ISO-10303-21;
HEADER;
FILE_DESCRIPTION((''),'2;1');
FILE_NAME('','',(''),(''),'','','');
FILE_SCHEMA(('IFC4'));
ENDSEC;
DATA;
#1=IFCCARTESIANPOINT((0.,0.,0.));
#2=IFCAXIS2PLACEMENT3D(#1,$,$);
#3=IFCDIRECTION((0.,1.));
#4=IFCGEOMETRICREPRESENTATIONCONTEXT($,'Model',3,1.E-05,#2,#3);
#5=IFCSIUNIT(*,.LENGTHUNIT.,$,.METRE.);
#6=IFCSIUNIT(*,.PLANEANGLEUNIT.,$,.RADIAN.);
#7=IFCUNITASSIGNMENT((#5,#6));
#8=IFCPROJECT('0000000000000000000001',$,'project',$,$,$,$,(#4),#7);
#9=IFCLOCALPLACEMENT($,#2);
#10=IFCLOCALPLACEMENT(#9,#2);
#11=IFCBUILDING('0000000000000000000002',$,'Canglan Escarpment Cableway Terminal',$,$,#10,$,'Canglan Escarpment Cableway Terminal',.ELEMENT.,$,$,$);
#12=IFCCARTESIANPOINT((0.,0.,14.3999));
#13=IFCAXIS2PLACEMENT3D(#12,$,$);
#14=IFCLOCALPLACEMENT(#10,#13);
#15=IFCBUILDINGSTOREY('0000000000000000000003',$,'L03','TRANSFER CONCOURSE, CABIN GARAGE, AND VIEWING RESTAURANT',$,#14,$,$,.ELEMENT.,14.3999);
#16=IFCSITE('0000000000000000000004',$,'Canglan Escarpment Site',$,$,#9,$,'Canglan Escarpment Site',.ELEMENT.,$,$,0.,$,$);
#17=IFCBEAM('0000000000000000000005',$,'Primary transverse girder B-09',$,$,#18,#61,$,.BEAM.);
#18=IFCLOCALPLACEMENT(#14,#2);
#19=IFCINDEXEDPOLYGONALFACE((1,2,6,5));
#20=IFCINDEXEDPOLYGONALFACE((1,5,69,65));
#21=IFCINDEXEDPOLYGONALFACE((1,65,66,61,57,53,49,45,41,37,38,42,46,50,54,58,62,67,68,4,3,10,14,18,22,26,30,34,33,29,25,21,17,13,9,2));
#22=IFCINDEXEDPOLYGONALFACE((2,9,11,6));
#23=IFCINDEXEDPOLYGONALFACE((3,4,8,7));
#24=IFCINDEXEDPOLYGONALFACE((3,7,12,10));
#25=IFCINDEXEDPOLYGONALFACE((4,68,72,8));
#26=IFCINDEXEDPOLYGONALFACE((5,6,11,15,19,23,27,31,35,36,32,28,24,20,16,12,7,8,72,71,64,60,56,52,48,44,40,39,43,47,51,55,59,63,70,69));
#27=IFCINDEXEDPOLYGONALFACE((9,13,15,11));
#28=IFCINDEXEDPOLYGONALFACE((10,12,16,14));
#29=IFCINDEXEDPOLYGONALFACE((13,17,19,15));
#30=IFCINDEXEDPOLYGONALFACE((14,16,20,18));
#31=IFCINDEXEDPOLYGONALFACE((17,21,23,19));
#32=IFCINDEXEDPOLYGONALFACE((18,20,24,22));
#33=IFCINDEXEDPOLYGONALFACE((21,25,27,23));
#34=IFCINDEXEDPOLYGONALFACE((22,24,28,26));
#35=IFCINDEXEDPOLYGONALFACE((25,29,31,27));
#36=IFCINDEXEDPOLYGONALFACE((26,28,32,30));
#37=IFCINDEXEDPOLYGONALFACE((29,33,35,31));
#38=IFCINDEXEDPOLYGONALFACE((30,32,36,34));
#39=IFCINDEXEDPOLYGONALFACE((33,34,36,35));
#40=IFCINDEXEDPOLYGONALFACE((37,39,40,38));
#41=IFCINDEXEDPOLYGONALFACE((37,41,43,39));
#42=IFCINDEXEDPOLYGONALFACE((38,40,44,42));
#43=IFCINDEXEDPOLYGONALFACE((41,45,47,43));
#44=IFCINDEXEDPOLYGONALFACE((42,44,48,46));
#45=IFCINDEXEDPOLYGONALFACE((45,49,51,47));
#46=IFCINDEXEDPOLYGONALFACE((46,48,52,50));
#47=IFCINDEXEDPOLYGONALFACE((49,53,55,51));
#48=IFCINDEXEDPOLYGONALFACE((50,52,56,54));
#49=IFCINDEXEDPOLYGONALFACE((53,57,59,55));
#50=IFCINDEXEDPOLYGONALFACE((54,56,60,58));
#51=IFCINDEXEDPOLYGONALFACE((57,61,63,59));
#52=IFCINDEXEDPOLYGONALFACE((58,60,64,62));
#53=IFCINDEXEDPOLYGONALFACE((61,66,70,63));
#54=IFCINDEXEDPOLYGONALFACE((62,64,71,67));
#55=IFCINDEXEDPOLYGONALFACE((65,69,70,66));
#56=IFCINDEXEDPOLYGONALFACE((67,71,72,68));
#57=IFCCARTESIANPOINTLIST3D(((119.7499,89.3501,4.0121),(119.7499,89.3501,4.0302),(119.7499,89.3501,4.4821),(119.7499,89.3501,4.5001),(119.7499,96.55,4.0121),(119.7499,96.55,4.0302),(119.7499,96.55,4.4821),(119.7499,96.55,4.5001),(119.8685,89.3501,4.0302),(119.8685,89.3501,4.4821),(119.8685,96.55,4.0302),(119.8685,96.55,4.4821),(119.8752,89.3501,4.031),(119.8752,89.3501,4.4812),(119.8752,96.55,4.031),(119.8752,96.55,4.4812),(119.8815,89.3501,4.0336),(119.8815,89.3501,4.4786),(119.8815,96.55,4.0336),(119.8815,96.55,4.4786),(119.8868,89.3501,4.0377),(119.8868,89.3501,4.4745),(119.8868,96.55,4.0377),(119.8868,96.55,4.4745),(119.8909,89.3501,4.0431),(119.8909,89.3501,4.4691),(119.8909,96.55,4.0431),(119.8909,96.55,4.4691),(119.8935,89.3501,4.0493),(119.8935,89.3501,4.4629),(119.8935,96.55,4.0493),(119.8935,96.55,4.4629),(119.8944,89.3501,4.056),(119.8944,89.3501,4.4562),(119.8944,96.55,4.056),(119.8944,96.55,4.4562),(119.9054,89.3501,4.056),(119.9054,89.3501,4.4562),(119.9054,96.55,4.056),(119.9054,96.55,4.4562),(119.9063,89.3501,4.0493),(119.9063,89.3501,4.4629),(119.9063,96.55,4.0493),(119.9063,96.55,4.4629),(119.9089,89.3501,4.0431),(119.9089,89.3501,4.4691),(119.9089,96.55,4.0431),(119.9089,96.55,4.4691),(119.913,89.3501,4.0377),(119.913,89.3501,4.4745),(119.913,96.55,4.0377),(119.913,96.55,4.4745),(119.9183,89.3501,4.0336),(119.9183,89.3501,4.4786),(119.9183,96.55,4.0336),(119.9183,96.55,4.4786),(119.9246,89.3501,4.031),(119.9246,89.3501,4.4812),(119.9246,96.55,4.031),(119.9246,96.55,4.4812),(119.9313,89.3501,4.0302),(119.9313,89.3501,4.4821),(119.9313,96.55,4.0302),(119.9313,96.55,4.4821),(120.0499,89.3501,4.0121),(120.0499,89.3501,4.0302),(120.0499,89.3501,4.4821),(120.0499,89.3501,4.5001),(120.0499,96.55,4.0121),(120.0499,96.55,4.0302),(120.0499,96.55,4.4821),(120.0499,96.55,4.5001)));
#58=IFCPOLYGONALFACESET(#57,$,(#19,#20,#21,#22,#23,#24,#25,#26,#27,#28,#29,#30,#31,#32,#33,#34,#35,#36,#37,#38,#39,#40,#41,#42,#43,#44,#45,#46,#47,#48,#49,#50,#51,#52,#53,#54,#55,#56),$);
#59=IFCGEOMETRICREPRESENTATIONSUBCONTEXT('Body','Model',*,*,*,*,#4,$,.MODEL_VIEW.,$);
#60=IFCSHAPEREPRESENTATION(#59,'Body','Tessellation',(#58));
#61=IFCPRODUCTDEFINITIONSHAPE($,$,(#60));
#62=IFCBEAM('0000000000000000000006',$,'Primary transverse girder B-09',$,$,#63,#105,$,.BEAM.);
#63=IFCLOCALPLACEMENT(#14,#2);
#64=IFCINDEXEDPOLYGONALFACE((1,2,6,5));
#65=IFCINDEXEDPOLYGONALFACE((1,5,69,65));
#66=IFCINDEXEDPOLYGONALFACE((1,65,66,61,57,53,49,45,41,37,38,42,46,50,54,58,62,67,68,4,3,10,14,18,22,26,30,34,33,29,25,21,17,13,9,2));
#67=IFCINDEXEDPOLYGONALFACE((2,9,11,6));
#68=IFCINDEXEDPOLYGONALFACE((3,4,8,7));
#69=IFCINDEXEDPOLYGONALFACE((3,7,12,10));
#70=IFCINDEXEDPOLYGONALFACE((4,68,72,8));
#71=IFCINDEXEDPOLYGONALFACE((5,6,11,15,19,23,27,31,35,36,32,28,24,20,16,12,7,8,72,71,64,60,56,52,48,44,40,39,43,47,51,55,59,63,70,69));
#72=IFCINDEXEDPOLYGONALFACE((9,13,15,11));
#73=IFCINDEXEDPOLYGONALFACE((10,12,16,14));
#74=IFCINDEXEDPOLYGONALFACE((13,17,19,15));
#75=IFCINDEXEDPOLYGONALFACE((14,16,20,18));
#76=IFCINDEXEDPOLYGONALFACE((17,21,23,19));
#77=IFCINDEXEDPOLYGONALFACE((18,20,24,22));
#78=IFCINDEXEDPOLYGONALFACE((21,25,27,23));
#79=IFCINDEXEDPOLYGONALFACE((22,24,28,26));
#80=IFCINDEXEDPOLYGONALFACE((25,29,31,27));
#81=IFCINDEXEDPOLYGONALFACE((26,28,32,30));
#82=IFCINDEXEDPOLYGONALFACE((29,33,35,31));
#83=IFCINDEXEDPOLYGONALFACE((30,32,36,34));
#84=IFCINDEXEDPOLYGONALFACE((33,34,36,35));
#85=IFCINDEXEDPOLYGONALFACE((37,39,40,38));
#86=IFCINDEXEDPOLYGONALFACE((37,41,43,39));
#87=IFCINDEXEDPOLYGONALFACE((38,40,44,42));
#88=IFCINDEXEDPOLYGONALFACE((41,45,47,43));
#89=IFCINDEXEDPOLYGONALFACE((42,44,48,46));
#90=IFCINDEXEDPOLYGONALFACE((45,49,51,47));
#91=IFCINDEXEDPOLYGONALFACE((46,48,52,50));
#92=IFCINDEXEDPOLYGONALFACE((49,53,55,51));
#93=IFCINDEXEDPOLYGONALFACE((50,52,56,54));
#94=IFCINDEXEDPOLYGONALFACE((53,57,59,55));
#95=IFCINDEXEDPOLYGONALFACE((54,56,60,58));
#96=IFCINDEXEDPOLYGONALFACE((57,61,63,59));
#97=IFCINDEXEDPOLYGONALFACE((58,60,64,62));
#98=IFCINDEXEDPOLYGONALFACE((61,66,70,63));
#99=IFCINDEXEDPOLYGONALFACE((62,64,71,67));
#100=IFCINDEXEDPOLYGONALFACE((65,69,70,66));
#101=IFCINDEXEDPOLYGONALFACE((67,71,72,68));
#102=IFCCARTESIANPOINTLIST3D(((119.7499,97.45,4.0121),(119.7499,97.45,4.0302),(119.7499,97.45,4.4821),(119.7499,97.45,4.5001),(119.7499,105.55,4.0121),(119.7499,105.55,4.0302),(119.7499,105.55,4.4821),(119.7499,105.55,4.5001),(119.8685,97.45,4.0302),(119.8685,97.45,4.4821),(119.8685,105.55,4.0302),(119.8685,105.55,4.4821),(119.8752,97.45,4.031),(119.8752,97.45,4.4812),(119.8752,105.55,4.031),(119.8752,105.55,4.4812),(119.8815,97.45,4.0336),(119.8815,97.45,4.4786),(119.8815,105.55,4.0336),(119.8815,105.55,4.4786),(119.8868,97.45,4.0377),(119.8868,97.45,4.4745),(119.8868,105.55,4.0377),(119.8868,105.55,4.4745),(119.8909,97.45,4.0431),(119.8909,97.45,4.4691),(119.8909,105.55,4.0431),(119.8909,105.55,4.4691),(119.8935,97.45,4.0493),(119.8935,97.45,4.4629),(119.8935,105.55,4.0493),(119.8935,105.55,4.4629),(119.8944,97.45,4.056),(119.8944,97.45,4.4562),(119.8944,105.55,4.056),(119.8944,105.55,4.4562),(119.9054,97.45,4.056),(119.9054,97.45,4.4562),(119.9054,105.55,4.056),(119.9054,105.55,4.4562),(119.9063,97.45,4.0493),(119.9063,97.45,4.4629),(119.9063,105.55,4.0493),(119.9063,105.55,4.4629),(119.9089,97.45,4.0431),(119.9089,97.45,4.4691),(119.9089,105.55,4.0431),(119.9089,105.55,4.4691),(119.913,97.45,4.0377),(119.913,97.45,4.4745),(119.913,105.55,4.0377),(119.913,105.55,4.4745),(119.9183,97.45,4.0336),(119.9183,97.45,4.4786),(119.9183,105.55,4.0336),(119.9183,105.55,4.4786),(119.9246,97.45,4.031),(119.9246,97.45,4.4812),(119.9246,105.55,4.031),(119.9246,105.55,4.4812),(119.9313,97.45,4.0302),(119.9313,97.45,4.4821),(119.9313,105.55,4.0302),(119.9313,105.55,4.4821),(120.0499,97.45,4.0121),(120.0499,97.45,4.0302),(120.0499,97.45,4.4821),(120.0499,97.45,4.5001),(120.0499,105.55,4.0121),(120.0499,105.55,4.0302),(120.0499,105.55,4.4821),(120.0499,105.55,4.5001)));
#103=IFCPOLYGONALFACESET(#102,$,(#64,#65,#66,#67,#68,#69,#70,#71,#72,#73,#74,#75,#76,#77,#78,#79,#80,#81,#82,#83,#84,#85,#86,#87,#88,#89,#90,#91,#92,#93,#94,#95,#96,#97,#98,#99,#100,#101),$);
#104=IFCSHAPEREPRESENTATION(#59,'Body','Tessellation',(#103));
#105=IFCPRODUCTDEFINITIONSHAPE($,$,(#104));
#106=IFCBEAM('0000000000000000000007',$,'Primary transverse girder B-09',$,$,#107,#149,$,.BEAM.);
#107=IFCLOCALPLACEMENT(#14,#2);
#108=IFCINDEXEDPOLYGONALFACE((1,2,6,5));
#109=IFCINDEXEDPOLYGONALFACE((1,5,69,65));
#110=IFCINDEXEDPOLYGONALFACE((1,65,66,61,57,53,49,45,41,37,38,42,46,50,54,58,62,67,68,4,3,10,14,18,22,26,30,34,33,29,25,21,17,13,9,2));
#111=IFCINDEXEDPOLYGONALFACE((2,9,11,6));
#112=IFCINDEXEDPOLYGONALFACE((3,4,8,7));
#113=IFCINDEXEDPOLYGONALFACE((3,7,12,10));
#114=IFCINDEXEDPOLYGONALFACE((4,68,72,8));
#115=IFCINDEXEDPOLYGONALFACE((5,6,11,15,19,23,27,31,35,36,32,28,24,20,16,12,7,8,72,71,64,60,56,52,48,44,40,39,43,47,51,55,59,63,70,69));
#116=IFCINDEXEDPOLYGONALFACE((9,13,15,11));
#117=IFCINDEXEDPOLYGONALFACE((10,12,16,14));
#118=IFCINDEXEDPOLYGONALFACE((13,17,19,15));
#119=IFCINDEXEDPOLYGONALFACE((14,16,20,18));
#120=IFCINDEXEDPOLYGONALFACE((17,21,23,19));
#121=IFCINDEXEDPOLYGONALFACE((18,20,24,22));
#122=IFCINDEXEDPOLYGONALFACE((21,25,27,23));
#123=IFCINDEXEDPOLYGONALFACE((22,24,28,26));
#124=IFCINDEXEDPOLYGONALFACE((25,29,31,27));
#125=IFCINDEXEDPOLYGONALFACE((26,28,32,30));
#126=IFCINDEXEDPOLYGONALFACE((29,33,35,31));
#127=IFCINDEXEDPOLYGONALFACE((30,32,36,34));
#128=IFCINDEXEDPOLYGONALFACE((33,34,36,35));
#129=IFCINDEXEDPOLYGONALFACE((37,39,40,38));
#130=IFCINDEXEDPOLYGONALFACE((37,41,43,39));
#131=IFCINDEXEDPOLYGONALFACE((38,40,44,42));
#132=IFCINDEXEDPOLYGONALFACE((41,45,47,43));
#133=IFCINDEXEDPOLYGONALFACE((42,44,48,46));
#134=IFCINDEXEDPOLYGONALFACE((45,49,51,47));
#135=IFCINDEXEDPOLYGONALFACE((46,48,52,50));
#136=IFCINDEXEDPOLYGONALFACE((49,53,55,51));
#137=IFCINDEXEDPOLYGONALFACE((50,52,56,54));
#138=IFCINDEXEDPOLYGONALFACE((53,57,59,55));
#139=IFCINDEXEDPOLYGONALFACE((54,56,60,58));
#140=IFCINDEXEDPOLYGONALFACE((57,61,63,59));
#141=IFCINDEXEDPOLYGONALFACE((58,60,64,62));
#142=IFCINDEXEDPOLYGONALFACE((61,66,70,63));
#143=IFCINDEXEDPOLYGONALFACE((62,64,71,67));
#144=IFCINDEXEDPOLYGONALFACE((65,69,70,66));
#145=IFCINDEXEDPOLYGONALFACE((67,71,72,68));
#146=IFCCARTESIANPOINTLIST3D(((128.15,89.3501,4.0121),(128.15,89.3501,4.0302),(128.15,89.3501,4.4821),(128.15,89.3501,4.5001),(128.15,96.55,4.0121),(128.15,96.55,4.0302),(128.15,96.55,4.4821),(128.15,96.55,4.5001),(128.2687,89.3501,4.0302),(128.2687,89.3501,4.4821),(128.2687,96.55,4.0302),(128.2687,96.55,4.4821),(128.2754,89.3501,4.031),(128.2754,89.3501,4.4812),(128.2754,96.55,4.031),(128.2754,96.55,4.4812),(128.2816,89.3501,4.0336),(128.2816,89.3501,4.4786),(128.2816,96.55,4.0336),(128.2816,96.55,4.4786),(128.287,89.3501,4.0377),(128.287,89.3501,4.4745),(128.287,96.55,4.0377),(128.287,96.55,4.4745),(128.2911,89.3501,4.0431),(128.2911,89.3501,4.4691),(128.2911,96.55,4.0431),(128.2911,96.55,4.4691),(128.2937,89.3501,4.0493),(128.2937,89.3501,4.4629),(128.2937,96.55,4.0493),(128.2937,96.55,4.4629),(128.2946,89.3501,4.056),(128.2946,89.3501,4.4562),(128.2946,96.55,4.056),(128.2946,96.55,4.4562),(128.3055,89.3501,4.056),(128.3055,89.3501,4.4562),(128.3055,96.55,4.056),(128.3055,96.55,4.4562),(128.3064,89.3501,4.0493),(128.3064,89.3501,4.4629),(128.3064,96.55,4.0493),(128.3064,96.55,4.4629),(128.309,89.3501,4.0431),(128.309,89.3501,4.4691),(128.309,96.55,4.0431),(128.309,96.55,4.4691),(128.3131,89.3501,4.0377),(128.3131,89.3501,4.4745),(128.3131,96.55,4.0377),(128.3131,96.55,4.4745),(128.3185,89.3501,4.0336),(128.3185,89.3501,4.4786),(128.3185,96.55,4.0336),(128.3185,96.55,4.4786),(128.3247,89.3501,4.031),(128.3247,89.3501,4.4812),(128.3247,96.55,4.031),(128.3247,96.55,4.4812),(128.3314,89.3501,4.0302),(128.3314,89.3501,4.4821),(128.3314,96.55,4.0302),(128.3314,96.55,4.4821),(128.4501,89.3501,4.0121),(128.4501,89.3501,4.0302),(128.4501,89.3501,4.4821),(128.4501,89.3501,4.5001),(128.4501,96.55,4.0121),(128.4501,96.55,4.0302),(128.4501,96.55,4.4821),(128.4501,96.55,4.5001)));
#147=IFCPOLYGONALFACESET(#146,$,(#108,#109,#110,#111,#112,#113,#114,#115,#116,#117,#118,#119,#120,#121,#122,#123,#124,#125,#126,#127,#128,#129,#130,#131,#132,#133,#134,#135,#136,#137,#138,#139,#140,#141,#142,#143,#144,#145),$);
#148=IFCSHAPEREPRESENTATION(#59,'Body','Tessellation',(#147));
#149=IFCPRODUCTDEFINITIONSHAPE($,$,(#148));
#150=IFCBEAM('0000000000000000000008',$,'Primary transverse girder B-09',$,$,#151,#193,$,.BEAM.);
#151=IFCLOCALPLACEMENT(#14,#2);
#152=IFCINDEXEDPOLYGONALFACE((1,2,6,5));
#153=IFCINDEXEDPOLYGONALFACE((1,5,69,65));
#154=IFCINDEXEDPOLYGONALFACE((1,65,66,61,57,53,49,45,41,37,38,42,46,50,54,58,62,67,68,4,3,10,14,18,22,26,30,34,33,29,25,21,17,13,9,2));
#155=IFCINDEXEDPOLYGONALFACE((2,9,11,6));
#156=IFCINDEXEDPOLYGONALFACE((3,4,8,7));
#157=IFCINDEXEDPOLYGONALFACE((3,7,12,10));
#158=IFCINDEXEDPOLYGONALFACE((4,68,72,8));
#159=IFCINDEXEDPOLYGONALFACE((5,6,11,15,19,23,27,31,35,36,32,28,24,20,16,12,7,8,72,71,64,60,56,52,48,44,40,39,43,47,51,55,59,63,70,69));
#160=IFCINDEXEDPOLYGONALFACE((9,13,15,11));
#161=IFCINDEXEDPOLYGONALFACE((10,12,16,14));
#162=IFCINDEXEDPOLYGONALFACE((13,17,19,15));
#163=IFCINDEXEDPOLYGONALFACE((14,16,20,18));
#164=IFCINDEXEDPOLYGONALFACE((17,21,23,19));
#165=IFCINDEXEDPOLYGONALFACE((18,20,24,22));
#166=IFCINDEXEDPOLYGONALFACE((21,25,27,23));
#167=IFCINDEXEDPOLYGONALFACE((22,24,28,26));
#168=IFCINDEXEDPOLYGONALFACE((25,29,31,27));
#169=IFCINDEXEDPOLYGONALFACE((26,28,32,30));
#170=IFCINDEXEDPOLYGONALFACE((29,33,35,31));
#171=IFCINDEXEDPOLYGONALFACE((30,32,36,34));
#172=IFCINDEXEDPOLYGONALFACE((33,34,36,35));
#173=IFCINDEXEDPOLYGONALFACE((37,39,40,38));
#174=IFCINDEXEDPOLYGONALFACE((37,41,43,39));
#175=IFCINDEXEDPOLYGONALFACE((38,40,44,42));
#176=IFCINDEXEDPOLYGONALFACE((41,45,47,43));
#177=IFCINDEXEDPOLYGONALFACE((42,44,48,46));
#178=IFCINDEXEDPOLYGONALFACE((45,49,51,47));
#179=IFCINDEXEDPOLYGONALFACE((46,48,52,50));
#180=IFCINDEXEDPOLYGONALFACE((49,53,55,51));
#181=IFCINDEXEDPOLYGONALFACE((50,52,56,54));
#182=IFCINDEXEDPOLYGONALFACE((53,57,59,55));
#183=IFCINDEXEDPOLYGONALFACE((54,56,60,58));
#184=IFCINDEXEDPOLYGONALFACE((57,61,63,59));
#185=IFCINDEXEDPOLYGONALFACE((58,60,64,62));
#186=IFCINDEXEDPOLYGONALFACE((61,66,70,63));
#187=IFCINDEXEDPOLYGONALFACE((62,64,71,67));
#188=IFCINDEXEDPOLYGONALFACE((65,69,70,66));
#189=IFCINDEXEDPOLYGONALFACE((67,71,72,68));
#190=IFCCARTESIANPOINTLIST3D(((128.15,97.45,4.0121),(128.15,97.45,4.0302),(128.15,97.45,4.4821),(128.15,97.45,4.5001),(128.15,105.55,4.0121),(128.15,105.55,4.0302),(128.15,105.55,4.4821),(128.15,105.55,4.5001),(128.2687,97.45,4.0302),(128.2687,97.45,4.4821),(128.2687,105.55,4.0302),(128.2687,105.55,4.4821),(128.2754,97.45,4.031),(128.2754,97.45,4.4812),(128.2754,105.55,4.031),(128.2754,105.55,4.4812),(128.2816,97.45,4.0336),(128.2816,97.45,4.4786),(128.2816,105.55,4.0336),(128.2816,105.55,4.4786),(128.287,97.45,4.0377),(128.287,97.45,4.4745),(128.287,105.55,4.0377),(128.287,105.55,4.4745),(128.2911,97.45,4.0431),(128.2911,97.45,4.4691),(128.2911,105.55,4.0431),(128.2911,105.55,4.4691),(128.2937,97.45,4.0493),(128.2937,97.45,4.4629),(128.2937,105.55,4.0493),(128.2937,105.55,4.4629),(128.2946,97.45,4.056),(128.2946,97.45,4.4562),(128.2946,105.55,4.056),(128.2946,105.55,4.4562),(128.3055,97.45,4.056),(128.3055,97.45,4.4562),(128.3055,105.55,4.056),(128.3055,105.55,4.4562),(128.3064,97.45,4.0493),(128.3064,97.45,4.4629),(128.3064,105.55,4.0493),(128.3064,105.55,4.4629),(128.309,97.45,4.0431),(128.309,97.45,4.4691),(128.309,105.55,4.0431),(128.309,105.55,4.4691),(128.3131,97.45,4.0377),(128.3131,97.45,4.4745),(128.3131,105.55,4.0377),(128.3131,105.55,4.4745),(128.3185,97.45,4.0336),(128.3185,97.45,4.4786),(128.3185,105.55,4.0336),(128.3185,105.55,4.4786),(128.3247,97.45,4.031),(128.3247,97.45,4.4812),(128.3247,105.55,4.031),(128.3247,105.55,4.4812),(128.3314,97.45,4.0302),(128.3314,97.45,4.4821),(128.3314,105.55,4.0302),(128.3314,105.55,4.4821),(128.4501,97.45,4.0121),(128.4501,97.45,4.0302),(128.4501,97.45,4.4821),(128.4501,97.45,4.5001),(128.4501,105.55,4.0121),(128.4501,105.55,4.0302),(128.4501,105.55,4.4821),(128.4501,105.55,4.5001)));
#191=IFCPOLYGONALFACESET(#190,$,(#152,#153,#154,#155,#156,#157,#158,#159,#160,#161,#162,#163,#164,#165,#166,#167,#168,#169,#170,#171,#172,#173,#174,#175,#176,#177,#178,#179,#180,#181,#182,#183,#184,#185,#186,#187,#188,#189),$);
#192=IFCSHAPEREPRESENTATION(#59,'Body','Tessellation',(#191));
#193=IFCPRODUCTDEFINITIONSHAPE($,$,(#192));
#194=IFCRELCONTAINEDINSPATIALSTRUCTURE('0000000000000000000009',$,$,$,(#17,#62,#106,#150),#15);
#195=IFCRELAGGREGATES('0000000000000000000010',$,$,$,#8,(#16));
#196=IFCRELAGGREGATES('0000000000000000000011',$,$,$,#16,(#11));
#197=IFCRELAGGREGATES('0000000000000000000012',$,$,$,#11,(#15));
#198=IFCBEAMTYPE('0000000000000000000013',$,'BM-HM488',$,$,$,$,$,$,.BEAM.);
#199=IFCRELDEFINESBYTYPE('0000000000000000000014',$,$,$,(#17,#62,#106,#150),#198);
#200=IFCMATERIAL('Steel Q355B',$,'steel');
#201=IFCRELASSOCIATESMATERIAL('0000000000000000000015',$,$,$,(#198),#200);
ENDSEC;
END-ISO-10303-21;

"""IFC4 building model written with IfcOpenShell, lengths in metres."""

from ifc_helpers import new_model, si_unit, direction, frame, origin, origin_2d, place, context, subcontext, project, spatial, i_section, extrude, material, material_profile, profile_set, type_object, element, save


model = new_model("IFC4")

# Units and contexts
model_context = context("Model", 3, precision=1e-05, world=origin(), true_north=direction((0.0, 1.0)))
body_context = subcontext(model_context, "Body", "Model", "MODEL_VIEW")
ifc_project = project(units=[si_unit("LENGTHUNIT", "METRE"), si_unit("PLANEANGLEUNIT", "RADIAN")], contexts=[model_context])

# Site, building, storey
site_placement = place(None, origin())
site = spatial("IfcSite", under=ifc_project, at=site_placement, Name="Canglan Escarpment Site", LongName="Canglan Escarpment Site", CompositionType="ELEMENT", RefElevation=0.0)
building_placement = place(site_placement, origin())
building = spatial("IfcBuilding", under=site, at=building_placement, Name="Canglan Escarpment Cableway Terminal", LongName="Canglan Escarpment Cableway Terminal", CompositionType="ELEMENT")
storey_placement = place(building_placement, frame((0.0, 0.0, 14.3999)))
storey = spatial("IfcBuildingStorey", under=building, at=storey_placement, Name="L03", Description="TRANSFER CONCOURSE, CABIN GARAGE, AND VIEWING RESTAURANT", CompositionType="ELEMENT", Elevation=14.3999)

# Beams
ifc_material_1 = material(Name="Steel Q355B", Category="steel")
ifc_material_profile_1 = material_profile(ifc_material_1, i_section(OverallWidth=0.3, OverallDepth=0.488, WebThickness=0.011, FlangeThickness=0.0181, FilletRadius=0.0259, at=origin_2d()), Name="HM 488x300x11x18")
ifc_profile_set_1 = profile_set([ifc_material_profile_1], Name="Steel Q355B")
beam_type_1 = type_object("IfcBeamType", Name="BM-HM488", PredefinedType="BEAM", material=ifc_profile_set_1)
beam_1_placement = place(storey_placement, frame((119.8999, 89.3501, 4.2561), z_axis=(0.0, 1.0, 0.0), x_axis=(-1.0, 0.0, 0.0)))
element("IfcBeam", 1, at=beam_1_placement, inside=storey, type_object=beam_type_1, Name="Primary transverse girder B-09", PredefinedType="BEAM", context=body_context, shape_type="SweptSolid", body=[
    extrude(i_section(OverallWidth=0.3, OverallDepth=0.488, WebThickness=0.011, FlangeThickness=0.0181, FilletRadius=0.0259, at=origin_2d()), origin(), (0.0, 0.0, 1.0), 7.2),
])
beam_2_placement = place(storey_placement, frame((119.8999, 97.45, 4.2561), z_axis=(0.0, 1.0, 0.0), x_axis=(-1.0, 0.0, 0.0)))
element("IfcBeam", 2, at=beam_2_placement, inside=storey, type_object=beam_type_1, Name="Primary transverse girder B-09", PredefinedType="BEAM", context=body_context, shape_type="SweptSolid", body=[
    extrude(i_section(OverallWidth=0.3, OverallDepth=0.488, WebThickness=0.011, FlangeThickness=0.0181, FilletRadius=0.0259, at=origin_2d()), origin(), (0.0, 0.0, 1.0), 8.1001),
])
beam_3_placement = place(storey_placement, frame((128.3, 89.3501, 4.2561), z_axis=(0.0, 1.0, 0.0), x_axis=(-1.0, 0.0, 0.0)))
element("IfcBeam", 3, at=beam_3_placement, inside=storey, type_object=beam_type_1, Name="Primary transverse girder B-09", PredefinedType="BEAM", context=body_context, shape_type="SweptSolid", body=[
    extrude(i_section(OverallWidth=0.3, OverallDepth=0.488, WebThickness=0.011, FlangeThickness=0.0181, FilletRadius=0.0259, at=origin_2d()), origin(), (0.0, 0.0, 1.0), 7.2),
])
beam_4_placement = place(storey_placement, frame((128.3, 97.45, 4.2561), z_axis=(0.0, 1.0, 0.0), x_axis=(-1.0, 0.0, 0.0)))
element("IfcBeam", 4, at=beam_4_placement, inside=storey, type_object=beam_type_1, Name="Primary transverse girder B-09", PredefinedType="BEAM", context=body_context, shape_type="SweptSolid", body=[
    extrude(i_section(OverallWidth=0.3, OverallDepth=0.488, WebThickness=0.011, FlangeThickness=0.0181, FilletRadius=0.0259, at=origin_2d()), origin(), (0.0, 0.0, 1.0), 8.1001),
])

save(model, "model.ifc")
